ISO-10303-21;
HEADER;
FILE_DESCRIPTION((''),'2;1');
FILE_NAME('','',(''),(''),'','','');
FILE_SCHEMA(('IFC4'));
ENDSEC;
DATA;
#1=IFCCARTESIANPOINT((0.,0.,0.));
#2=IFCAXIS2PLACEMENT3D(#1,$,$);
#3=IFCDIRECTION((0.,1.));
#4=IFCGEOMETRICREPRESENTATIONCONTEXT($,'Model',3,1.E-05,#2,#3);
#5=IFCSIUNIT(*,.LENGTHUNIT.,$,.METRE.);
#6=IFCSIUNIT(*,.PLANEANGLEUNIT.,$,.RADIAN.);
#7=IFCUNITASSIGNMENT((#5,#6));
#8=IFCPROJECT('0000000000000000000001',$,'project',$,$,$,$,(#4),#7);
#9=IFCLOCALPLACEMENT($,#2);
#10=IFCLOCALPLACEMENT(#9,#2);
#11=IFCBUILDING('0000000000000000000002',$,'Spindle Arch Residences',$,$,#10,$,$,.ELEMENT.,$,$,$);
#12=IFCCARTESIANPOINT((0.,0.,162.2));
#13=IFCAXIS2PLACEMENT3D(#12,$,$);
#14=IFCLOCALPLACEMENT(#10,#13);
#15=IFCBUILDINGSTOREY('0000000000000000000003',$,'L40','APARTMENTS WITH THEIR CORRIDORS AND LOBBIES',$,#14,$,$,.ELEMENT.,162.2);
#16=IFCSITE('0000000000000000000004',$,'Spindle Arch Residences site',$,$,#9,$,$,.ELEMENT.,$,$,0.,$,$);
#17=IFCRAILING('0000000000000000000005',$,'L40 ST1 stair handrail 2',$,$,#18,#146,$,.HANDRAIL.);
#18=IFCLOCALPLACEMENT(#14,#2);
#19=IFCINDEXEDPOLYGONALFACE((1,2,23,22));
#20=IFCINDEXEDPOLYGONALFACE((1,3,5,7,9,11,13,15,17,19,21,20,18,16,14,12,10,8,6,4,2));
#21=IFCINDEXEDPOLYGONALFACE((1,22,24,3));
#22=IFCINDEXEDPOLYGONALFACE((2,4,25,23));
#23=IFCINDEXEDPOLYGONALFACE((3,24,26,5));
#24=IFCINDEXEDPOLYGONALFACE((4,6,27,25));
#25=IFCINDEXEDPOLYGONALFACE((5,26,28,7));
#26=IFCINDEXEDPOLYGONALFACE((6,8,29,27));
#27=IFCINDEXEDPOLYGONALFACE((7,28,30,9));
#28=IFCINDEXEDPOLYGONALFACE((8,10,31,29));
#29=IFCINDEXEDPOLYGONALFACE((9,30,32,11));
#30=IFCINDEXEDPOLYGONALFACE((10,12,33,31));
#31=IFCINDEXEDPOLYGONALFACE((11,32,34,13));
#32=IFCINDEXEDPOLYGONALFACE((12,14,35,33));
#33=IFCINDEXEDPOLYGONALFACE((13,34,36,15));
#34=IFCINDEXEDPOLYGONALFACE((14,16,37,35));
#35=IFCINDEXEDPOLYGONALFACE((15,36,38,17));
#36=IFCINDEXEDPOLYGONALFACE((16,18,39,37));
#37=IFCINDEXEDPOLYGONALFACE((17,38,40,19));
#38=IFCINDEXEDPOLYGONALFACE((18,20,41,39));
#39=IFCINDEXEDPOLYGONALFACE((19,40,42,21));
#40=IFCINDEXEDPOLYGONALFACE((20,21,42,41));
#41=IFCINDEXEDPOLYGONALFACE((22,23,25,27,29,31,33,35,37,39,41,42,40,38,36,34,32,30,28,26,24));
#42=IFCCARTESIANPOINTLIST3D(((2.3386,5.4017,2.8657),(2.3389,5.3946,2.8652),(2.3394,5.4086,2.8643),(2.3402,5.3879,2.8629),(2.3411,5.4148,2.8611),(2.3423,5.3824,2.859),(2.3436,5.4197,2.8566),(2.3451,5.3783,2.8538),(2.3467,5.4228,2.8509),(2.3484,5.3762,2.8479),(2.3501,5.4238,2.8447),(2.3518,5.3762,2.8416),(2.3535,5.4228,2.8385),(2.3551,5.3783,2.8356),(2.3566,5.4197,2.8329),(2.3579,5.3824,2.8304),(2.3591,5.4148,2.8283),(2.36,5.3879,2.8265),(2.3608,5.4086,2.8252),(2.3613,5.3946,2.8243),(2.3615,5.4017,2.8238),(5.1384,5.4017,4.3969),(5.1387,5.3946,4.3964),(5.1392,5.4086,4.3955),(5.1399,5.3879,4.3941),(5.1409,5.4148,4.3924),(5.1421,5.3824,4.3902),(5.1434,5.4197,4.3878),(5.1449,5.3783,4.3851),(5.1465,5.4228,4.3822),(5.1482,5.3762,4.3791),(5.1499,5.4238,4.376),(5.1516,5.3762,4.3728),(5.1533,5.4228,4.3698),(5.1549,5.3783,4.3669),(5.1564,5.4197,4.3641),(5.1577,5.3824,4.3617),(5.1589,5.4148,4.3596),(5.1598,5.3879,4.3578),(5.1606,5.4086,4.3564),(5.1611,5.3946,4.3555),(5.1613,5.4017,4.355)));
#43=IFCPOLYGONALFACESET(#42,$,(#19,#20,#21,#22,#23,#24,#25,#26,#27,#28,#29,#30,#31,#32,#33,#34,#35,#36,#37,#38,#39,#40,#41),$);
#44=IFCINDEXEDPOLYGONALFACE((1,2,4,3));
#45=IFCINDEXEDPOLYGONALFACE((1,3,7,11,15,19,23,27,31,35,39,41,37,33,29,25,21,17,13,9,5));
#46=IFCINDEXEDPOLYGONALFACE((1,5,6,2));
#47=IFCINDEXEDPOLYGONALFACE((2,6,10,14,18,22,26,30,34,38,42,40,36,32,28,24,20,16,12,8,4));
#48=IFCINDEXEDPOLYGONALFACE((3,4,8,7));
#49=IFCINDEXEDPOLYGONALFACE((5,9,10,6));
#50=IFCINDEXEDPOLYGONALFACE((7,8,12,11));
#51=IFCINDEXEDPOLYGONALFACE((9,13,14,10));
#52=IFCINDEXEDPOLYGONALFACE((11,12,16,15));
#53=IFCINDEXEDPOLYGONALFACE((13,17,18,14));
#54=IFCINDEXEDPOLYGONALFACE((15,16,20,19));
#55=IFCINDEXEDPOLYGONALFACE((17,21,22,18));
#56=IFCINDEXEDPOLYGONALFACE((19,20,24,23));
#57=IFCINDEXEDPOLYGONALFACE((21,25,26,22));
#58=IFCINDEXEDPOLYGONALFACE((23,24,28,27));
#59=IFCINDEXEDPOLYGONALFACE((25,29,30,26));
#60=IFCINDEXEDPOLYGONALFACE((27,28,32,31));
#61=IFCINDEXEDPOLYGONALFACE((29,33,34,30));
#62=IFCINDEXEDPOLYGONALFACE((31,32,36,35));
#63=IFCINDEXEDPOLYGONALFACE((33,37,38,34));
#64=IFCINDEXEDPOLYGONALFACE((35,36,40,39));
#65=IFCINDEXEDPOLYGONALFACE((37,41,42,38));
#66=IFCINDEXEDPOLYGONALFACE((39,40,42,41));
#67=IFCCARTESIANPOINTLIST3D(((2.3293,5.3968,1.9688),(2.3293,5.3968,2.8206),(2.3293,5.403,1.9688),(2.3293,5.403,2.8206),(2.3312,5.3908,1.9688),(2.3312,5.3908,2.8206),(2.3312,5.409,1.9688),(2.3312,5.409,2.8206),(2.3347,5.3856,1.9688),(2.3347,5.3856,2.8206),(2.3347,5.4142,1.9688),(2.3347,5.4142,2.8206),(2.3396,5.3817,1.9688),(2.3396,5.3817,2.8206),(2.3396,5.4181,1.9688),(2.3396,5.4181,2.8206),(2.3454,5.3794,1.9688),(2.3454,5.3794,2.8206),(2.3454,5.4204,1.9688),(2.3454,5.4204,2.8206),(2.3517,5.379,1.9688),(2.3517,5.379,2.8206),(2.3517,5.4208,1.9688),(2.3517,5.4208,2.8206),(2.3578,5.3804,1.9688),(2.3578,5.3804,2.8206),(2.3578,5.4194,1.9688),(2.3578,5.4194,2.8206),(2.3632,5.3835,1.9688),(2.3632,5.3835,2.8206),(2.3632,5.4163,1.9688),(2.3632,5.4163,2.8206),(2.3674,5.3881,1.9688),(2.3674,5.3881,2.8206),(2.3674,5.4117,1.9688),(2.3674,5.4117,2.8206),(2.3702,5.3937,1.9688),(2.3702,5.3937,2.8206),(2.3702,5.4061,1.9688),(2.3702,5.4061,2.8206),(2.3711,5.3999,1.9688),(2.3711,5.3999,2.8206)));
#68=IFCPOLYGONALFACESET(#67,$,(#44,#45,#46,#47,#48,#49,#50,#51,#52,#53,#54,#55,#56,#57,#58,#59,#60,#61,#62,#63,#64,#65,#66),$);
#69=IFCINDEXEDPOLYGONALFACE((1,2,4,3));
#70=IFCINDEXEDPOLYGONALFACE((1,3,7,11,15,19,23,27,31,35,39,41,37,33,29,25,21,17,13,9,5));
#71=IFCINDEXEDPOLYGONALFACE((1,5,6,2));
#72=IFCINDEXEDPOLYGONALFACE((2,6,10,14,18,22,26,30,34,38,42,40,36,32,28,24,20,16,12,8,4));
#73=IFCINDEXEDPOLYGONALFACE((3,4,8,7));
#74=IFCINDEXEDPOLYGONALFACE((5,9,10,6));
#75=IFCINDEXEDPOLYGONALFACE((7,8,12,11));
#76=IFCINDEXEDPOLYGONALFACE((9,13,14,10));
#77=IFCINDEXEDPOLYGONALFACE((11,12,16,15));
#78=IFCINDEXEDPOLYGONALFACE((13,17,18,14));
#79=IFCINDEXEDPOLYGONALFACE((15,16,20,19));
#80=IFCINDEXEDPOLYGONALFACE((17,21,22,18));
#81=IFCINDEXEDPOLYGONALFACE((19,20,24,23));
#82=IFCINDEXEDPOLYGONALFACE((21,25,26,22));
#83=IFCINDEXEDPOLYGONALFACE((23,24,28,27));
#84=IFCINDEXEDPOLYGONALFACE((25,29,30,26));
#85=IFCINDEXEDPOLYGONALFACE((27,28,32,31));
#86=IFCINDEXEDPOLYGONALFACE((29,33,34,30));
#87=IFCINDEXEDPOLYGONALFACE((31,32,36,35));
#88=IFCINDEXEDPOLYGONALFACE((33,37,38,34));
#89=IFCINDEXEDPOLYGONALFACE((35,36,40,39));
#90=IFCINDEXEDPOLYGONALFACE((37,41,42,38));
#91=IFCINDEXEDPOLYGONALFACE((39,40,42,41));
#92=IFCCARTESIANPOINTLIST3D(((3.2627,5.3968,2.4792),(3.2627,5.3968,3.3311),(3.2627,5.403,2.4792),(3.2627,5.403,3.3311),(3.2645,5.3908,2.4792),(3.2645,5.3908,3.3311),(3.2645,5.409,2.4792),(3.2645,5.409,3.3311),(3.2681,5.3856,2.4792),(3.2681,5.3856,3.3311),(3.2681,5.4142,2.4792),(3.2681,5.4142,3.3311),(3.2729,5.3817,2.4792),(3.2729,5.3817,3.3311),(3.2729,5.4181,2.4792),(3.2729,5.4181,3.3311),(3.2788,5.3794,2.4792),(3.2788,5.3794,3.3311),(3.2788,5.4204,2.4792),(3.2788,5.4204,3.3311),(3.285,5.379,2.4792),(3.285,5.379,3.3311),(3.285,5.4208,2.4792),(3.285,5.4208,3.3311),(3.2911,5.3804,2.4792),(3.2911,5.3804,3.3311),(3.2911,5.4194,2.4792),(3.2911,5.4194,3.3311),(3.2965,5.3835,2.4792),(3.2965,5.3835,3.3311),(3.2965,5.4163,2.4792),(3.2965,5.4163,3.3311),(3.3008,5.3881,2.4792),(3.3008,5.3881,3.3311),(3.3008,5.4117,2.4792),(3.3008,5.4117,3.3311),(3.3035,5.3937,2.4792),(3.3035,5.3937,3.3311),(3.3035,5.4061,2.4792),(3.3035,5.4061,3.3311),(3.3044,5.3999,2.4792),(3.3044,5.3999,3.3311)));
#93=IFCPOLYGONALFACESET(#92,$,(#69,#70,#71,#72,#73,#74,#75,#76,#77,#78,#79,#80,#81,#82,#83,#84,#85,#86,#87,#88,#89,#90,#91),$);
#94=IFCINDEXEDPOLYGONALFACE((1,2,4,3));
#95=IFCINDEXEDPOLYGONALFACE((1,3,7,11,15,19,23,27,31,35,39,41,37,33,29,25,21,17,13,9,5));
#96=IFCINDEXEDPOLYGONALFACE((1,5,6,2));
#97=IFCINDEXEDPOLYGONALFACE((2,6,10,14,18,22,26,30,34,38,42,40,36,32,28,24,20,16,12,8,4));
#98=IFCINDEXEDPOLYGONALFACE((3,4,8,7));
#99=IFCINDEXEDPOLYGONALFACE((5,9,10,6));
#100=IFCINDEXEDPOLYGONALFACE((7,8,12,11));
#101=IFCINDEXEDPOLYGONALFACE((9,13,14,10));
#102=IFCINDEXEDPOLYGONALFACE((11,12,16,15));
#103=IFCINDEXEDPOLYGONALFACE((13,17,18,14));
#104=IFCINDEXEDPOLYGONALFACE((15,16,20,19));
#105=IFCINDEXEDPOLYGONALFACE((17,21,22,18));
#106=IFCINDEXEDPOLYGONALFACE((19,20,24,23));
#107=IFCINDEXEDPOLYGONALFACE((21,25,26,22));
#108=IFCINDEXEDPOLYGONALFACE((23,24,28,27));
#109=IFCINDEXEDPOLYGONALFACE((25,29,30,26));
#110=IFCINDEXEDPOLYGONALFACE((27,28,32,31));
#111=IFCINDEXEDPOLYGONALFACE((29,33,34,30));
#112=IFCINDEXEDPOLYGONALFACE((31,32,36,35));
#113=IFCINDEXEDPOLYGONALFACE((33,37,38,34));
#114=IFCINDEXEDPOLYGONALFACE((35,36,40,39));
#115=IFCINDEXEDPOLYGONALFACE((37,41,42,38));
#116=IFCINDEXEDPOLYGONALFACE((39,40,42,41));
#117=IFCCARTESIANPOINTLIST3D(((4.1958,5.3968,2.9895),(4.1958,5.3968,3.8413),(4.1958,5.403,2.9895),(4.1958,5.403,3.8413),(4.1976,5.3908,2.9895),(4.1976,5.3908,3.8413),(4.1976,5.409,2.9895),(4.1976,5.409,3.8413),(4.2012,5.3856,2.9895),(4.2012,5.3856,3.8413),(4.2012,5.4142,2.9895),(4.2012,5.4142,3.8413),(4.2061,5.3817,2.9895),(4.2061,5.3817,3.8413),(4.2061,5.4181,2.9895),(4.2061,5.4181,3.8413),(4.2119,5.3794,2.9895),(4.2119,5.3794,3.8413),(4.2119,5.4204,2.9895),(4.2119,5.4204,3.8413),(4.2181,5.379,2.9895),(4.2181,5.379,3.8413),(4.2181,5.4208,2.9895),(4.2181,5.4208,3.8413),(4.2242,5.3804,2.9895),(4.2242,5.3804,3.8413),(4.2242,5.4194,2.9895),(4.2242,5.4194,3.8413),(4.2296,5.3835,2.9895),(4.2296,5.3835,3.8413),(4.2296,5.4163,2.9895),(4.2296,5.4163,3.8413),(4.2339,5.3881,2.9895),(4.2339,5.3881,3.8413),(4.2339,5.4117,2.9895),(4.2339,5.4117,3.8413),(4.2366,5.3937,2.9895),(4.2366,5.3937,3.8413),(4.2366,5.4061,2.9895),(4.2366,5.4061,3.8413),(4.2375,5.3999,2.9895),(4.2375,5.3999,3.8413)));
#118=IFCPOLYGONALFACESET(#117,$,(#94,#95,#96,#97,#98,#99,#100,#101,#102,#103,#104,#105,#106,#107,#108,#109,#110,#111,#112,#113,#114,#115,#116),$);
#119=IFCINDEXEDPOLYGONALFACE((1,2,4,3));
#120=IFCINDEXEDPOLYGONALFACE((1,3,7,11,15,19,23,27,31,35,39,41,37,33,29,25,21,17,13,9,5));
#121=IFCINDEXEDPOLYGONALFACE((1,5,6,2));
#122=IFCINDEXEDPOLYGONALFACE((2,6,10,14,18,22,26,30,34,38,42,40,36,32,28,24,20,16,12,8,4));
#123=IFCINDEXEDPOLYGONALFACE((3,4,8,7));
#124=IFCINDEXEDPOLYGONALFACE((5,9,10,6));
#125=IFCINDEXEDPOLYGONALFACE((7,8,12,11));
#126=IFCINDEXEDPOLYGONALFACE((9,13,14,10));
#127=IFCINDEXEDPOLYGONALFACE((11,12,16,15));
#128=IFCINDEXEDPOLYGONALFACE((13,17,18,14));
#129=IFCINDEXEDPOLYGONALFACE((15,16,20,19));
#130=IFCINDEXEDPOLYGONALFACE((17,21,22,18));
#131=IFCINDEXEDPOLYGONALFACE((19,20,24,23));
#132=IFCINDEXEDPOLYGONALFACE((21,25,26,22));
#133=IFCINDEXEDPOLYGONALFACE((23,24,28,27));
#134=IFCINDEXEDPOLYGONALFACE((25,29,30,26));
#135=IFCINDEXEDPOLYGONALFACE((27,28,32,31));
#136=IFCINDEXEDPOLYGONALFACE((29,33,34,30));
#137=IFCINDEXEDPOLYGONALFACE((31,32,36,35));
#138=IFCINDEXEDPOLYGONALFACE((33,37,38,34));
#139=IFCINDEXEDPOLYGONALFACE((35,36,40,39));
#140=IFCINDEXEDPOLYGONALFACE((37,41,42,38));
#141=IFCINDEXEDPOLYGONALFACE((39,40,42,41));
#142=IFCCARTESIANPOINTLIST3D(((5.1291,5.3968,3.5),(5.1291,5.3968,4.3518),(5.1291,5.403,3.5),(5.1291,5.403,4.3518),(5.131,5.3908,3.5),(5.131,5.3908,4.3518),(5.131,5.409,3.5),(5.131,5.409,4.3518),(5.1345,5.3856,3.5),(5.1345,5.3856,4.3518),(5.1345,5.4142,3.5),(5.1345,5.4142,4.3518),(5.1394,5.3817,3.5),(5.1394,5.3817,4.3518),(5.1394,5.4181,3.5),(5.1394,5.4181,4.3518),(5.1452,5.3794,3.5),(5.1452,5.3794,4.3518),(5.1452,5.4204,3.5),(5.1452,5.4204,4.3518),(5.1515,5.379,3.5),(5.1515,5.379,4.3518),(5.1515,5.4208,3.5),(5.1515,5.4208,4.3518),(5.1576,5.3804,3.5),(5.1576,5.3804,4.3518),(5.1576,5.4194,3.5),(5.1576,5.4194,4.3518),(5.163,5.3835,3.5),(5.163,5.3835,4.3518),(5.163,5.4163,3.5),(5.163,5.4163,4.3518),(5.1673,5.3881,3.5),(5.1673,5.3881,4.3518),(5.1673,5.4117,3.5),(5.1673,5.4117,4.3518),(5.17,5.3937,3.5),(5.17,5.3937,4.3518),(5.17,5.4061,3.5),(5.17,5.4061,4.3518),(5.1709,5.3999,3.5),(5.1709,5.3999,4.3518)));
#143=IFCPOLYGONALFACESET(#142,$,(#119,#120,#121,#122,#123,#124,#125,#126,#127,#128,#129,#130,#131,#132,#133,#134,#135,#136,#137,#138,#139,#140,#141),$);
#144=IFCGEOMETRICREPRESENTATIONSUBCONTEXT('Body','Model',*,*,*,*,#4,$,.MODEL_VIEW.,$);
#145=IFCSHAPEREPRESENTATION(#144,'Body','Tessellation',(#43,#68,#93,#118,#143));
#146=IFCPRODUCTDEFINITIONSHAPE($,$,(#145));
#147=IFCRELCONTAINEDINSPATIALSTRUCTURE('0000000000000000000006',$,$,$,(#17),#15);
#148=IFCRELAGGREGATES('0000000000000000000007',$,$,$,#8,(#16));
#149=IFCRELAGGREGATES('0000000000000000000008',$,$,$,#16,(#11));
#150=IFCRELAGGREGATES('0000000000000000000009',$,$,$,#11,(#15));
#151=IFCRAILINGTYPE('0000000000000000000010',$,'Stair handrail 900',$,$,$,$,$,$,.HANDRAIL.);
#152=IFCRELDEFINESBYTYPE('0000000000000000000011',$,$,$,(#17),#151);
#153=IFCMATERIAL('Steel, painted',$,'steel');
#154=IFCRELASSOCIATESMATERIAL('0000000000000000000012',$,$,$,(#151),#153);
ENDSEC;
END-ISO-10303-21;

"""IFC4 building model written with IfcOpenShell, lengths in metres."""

from ifc_helpers import new_model, si_unit, direction, frame, origin, origin_2d, place, context, subcontext, project, spatial, circle, extrude, material, type_object, element, save


model = new_model("IFC4")

# Units and contexts
model_context = context("Model", 3, precision=1e-05, world=origin(), true_north=direction((0.0, 1.0)))
body_context = subcontext(model_context, "Body", "Model", "MODEL_VIEW")
ifc_project = project(units=[si_unit("LENGTHUNIT", "METRE"), si_unit("PLANEANGLEUNIT", "RADIAN")], contexts=[model_context])

# Site, building, storey
site_placement = place(None, origin())
site = spatial("IfcSite", under=ifc_project, at=site_placement, Name="Spindle Arch Residences site", CompositionType="ELEMENT", RefElevation=0.0)
building_placement = place(site_placement, origin())
building = spatial("IfcBuilding", under=site, at=building_placement, Name="Spindle Arch Residences", CompositionType="ELEMENT")
storey_placement = place(building_placement, frame((0.0, 0.0, 162.2)))
storey = spatial("IfcBuildingStorey", under=building, at=storey_placement, Name="L40", Description="APARTMENTS WITH THEIR CORRIDORS AND LOBBIES", CompositionType="ELEMENT", Elevation=162.2)

# Railing
ifc_material_1 = material(Name="Steel, painted", Category="steel")
railing_type_1 = type_object("IfcRailingType", Name="Stair handrail 900", PredefinedType="HANDRAIL", material=ifc_material_1)
railing_1_placement = place(storey_placement, frame((2.3501, 5.3999, 1.9688)))
element("IfcRailing", 1, at=railing_1_placement, inside=storey, type_object=railing_type_1, Name="L40 ST1 stair handrail 2", PredefinedType="HANDRAIL", context=body_context, shape_type="SweptSolid", body=[
    extrude(circle(Radius=0.0239, at=origin_2d()), frame((0.0, 0.0, 0.876), z_axis=(0.877357, 0.0, 0.479838), x_axis=(0.0, 1.0, 0.0)), (0.0, 0.0, 1.0), 3.1912),
    extrude(circle(Radius=0.021, at=origin_2d()), origin(), (0.0, 0.0, 1.0), 0.8518),
    extrude(circle(Radius=0.021, at=origin_2d()), frame((0.9333, 0.0, 0.5105)), (0.0, 0.0, 1.0), 0.8518),
    extrude(circle(Radius=0.021, at=origin_2d()), frame((1.8665, 0.0, 1.0208)), (0.0, 0.0, 1.0), 0.8518),
    extrude(circle(Radius=0.021, at=origin_2d()), frame((2.7998, 0.0, 1.5312)), (0.0, 0.0, 1.0), 0.8518),
])

save(model, "model.ifc")
